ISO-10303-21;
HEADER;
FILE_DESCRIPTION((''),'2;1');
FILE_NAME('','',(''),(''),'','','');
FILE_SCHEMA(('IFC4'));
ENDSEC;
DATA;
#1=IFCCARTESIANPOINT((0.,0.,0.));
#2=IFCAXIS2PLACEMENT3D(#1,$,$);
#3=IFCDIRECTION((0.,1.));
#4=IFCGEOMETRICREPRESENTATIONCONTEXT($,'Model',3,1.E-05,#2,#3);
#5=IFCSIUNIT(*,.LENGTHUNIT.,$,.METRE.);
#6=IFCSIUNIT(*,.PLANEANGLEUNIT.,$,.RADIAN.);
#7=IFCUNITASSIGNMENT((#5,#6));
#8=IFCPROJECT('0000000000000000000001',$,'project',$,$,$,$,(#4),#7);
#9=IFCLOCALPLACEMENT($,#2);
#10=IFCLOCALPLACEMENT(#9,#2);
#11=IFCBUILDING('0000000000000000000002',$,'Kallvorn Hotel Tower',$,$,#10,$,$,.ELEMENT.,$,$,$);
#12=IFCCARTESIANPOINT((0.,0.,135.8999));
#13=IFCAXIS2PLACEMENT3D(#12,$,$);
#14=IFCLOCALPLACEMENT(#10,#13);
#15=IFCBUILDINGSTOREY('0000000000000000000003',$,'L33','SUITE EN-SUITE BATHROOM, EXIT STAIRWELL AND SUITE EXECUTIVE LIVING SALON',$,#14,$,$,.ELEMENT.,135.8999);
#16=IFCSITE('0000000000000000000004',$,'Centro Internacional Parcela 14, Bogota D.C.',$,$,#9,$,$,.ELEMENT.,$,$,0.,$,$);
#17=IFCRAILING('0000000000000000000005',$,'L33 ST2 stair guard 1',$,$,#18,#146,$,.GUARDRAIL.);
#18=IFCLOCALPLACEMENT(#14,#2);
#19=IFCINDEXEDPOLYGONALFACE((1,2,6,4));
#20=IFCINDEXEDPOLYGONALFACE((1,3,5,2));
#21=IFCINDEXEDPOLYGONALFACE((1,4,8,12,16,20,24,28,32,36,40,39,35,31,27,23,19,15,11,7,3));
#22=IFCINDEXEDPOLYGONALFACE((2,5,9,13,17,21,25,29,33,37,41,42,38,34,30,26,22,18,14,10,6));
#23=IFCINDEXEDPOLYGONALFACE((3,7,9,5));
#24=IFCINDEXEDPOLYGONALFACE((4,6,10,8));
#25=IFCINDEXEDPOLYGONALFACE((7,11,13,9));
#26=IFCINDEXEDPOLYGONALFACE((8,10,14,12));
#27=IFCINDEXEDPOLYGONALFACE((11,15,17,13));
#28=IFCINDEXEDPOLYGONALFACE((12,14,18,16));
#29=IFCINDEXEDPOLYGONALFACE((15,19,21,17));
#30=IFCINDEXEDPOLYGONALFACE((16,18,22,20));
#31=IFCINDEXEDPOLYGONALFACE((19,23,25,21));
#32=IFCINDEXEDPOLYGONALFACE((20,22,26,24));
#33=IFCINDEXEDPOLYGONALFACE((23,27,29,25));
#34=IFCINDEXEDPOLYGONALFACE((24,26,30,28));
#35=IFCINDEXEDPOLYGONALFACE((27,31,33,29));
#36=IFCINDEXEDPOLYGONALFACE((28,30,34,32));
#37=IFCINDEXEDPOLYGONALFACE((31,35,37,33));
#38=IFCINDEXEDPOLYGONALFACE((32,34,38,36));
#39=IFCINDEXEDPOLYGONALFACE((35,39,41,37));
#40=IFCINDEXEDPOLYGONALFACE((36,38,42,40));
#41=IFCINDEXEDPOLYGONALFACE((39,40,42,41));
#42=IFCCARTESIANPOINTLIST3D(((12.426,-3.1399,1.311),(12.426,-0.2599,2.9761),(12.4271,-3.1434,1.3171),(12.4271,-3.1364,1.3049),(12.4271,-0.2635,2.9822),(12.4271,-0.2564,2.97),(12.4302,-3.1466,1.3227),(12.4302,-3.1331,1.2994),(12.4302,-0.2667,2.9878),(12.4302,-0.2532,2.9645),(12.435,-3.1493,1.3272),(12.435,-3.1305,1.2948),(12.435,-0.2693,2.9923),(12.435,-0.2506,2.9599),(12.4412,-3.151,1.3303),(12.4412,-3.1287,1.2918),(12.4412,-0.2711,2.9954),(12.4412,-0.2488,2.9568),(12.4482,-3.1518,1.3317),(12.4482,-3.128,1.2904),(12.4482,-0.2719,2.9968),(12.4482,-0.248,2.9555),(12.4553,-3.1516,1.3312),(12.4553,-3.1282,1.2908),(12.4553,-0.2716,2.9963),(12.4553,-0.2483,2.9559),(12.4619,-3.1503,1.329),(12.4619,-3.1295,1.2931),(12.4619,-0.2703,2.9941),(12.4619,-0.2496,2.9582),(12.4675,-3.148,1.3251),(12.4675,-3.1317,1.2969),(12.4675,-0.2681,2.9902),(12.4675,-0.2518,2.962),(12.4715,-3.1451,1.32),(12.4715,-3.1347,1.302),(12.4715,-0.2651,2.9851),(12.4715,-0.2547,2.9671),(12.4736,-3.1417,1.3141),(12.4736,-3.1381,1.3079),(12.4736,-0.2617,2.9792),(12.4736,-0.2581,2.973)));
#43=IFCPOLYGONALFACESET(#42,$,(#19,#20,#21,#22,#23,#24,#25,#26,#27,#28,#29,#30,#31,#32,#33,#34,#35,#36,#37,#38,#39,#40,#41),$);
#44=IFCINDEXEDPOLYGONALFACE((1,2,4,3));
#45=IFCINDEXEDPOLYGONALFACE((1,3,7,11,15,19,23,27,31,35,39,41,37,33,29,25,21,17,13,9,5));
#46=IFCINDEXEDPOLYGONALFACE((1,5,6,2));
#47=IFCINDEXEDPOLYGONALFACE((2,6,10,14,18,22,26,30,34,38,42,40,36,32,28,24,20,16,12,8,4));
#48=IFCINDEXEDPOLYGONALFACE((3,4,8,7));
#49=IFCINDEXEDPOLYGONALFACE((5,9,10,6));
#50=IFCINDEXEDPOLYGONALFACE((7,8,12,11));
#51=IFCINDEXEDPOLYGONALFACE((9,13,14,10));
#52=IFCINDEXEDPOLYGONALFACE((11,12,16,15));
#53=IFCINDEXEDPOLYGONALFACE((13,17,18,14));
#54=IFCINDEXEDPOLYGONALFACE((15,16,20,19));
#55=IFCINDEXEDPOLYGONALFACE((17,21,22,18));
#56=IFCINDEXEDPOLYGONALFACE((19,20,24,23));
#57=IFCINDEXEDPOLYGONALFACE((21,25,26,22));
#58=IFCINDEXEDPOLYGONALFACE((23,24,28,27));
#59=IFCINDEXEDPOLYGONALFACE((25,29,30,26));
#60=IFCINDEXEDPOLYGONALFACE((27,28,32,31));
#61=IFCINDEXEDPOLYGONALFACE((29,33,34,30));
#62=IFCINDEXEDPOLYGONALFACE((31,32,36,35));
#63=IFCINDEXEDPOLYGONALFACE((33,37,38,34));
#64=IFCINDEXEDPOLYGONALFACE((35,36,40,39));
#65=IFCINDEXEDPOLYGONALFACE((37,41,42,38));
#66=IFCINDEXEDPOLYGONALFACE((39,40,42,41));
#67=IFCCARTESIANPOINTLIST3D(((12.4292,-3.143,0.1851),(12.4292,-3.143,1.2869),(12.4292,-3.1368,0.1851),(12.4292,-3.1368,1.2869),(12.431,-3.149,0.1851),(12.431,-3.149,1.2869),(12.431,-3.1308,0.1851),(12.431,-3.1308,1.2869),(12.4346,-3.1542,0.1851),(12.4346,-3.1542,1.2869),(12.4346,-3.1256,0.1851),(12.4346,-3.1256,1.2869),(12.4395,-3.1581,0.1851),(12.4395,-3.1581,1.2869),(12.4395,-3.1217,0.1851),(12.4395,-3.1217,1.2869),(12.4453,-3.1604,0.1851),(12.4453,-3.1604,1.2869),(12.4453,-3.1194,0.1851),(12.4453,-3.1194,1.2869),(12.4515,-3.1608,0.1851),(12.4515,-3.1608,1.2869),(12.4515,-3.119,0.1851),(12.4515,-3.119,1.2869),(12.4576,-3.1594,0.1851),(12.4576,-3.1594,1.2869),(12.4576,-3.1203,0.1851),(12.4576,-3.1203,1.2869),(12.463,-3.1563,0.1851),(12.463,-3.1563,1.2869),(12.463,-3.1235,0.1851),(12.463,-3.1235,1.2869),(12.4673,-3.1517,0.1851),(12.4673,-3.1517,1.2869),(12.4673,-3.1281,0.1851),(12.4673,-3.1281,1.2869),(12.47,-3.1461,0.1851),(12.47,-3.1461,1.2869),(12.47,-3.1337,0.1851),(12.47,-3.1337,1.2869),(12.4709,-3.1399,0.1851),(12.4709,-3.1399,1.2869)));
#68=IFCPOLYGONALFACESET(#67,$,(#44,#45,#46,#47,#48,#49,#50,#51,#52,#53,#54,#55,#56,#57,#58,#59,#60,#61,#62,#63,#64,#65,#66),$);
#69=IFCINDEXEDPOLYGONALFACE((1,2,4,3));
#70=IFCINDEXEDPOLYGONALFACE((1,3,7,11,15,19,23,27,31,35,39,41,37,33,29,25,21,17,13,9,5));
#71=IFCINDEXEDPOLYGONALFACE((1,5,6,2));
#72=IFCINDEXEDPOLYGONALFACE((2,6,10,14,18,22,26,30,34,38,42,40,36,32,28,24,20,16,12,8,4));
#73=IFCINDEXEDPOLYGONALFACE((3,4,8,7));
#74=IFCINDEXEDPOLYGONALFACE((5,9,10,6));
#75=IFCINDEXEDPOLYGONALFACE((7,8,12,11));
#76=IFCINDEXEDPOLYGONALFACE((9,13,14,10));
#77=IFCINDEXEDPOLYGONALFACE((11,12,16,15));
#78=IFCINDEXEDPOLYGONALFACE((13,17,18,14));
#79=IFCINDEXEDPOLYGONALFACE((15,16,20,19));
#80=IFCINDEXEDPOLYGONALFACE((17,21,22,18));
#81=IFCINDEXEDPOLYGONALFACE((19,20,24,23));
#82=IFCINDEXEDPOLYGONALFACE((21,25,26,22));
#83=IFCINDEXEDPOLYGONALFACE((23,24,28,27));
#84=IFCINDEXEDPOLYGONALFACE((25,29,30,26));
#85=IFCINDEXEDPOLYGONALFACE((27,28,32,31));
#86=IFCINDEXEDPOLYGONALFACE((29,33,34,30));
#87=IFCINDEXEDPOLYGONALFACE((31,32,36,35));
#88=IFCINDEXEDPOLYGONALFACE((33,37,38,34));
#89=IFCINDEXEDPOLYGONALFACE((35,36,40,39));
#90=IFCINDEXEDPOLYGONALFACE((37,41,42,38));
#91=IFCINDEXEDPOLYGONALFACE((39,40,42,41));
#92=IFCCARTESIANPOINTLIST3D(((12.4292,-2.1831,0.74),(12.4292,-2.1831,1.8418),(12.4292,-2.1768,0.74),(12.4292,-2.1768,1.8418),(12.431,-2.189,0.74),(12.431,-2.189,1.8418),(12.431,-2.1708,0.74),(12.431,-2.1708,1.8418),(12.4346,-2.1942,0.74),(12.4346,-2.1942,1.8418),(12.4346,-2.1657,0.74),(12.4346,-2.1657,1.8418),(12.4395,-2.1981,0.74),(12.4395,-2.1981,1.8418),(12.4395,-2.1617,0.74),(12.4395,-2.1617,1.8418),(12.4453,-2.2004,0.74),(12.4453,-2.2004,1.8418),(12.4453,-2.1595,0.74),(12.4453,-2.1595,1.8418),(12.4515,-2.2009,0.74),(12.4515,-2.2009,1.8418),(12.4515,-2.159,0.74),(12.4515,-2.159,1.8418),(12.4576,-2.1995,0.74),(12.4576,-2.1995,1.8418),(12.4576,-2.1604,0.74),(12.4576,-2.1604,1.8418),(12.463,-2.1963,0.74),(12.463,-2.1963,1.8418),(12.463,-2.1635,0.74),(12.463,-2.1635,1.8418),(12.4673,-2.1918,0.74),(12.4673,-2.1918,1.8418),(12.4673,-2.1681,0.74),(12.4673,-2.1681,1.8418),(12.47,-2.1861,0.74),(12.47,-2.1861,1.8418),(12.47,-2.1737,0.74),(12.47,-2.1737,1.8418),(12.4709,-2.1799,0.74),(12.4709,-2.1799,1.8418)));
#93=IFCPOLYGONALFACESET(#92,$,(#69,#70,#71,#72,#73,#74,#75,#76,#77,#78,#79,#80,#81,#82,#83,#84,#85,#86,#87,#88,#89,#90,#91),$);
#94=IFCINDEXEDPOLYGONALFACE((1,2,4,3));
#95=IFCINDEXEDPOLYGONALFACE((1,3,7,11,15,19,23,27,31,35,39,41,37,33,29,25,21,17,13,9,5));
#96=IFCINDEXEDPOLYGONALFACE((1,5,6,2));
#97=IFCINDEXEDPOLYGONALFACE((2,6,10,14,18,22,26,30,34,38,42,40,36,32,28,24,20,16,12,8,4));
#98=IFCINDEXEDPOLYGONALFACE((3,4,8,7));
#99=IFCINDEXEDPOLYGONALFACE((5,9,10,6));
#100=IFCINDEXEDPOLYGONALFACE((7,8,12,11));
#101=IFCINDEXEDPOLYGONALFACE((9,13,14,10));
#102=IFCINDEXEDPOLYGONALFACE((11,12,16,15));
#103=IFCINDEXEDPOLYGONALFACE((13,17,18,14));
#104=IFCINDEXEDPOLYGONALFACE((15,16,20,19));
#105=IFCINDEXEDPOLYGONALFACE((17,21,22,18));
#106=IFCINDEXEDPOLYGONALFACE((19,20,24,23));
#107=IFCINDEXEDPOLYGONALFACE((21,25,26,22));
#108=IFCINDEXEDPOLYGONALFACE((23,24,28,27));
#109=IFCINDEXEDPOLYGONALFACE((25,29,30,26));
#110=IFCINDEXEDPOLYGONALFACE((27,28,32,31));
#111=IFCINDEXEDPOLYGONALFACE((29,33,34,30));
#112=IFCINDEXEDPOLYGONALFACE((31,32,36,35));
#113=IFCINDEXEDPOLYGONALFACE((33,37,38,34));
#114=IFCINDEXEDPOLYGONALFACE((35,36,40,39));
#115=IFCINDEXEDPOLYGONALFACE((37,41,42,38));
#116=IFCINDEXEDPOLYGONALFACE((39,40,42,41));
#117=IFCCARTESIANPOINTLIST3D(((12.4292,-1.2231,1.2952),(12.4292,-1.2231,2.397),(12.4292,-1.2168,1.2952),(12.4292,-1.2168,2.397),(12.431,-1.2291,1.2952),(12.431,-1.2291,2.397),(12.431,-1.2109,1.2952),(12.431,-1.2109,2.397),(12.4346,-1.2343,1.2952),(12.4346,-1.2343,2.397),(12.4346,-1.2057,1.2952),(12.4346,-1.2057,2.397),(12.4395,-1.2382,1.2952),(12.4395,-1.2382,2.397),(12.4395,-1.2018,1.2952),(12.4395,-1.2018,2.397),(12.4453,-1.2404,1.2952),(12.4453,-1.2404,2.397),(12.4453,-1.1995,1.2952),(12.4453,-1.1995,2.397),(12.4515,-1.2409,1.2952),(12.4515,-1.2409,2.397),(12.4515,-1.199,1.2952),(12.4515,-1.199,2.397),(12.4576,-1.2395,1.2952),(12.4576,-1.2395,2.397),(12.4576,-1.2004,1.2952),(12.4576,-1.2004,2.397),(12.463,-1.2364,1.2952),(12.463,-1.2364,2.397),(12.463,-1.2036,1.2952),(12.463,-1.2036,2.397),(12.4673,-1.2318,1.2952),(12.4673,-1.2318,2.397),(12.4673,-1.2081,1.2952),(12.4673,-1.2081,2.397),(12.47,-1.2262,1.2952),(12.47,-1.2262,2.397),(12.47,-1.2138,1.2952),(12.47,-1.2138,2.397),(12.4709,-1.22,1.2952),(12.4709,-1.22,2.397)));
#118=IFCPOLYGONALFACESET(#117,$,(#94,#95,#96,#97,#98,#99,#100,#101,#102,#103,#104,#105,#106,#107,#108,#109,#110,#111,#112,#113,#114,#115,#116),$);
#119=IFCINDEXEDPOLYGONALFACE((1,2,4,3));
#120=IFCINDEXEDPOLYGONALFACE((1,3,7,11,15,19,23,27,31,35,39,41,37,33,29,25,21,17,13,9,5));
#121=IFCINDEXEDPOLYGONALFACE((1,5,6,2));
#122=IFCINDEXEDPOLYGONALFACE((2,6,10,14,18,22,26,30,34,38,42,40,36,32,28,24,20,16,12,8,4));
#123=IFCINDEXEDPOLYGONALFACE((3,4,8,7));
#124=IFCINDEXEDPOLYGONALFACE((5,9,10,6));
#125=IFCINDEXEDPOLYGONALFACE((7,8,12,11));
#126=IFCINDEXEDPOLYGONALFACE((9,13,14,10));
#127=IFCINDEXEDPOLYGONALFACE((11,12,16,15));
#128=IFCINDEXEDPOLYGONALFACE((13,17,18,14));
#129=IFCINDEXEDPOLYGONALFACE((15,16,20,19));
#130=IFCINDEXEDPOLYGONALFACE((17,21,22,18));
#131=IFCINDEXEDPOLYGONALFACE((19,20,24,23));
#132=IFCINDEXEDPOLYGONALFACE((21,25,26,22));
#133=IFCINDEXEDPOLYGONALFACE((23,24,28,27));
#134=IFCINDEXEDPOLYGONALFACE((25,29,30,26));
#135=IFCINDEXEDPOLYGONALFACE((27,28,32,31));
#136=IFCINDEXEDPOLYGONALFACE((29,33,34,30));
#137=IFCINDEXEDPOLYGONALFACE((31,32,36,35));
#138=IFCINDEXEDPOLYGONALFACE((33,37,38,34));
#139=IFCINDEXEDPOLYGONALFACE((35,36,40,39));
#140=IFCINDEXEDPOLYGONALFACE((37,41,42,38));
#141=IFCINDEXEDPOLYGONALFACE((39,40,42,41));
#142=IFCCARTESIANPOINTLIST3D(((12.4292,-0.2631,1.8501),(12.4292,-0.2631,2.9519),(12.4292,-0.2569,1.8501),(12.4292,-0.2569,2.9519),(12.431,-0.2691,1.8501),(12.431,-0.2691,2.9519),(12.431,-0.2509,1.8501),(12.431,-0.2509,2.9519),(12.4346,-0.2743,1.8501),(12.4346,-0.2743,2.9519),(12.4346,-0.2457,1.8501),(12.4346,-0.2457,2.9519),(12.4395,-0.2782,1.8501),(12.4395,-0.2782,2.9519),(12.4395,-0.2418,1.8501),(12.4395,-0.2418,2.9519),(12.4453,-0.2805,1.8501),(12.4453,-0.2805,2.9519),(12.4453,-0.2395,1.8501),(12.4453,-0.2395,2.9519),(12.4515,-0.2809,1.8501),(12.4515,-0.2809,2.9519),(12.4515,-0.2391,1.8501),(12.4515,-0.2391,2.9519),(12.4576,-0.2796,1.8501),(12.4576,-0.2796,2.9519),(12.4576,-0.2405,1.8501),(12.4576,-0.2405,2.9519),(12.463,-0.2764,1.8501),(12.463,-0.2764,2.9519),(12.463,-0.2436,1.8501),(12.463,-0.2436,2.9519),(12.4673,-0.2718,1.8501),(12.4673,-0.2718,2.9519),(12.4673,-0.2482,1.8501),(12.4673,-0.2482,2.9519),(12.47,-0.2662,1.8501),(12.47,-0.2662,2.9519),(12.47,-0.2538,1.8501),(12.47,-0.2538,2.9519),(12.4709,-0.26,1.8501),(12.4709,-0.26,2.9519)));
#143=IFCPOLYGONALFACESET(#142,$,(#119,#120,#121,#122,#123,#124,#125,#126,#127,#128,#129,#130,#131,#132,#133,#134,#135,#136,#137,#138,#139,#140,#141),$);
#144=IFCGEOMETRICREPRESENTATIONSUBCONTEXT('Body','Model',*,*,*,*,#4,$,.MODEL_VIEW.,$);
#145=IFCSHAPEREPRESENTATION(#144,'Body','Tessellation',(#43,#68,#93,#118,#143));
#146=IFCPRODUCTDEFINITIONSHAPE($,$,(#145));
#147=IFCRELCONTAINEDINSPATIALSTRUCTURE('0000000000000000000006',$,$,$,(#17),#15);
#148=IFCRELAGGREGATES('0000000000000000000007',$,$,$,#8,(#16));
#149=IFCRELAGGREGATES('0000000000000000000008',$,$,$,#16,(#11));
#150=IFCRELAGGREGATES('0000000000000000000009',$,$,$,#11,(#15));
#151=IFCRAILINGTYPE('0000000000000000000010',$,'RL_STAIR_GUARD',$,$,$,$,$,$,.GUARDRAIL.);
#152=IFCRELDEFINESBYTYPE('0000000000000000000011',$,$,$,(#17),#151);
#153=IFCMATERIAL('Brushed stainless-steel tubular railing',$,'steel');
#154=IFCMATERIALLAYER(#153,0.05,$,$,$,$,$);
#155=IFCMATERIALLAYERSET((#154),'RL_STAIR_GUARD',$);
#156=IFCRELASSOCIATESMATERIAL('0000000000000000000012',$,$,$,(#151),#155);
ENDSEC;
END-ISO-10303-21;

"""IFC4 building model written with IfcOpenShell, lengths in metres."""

from ifc_helpers import new_model, si_unit, direction, frame, origin, origin_2d, place, context, subcontext, project, spatial, circle, extrude, material, layer, layer_set, type_object, element, save


model = new_model("IFC4")

# Units and contexts
model_context = context("Model", 3, precision=1e-05, world=origin(), true_north=direction((0.0, 1.0)))
body_context = subcontext(model_context, "Body", "Model", "MODEL_VIEW")
ifc_project = project(units=[si_unit("LENGTHUNIT", "METRE"), si_unit("PLANEANGLEUNIT", "RADIAN")], contexts=[model_context])

# Site, building, storey
site_placement = place(None, origin())
site = spatial("IfcSite", under=ifc_project, at=site_placement, Name="Centro Internacional Parcela 14, Bogota D.C.", CompositionType="ELEMENT", RefElevation=0.0)
building_placement = place(site_placement, origin())
building = spatial("IfcBuilding", under=site, at=building_placement, Name="Kallvorn Hotel Tower", CompositionType="ELEMENT")
storey_placement = place(building_placement, frame((0.0, 0.0, 135.8999)))
storey = spatial("IfcBuildingStorey", under=building, at=storey_placement, Name="L33", Description="SUITE EN-SUITE BATHROOM, EXIT STAIRWELL AND SUITE EXECUTIVE LIVING SALON", CompositionType="ELEMENT", Elevation=135.8999)

# Railing
ifc_material_1 = material(Name="Brushed stainless-steel tubular railing", Category="steel")
ifc_layer_1 = layer(ifc_material_1, 0.05)
ifc_layer_set_1 = layer_set([ifc_layer_1], Name="RL_STAIR_GUARD")
railing_type_1 = type_object("IfcRailingType", Name="RL_STAIR_GUARD", PredefinedType="GUARDRAIL", material=ifc_layer_set_1)
railing_1_placement = place(storey_placement, frame((12.45, -3.1399, 0.1851)))
element("IfcRailing", 1, at=railing_1_placement, inside=storey, type_object=railing_type_1, Name="L33 ST2 stair guard 1", PredefinedType="GUARDRAIL", context=body_context, shape_type="SweptSolid", body=[
    extrude(circle(Radius=0.0239, at=origin_2d()), frame((0.0, 0.0, 1.126), z_axis=(0.0, 0.865721, 0.500527), x_axis=(-1.0, 0.0, 0.0)), (0.0, 0.0, 1.0), 3.3267),
    extrude(circle(Radius=0.021, at=origin_2d()), origin(), (0.0, 0.0, 1.0), 1.1018),
    extrude(circle(Radius=0.021, at=origin_2d()), frame((0.0, 0.96, 0.5549)), (0.0, 0.0, 1.0), 1.1018),
    extrude(circle(Radius=0.021, at=origin_2d()), frame((0.0, 1.9199, 1.1101)), (0.0, 0.0, 1.0), 1.1018),
    extrude(circle(Radius=0.021, at=origin_2d()), frame((0.0, 2.8799, 1.665)), (0.0, 0.0, 1.0), 1.1018),
])

save(model, "model.ifc")
